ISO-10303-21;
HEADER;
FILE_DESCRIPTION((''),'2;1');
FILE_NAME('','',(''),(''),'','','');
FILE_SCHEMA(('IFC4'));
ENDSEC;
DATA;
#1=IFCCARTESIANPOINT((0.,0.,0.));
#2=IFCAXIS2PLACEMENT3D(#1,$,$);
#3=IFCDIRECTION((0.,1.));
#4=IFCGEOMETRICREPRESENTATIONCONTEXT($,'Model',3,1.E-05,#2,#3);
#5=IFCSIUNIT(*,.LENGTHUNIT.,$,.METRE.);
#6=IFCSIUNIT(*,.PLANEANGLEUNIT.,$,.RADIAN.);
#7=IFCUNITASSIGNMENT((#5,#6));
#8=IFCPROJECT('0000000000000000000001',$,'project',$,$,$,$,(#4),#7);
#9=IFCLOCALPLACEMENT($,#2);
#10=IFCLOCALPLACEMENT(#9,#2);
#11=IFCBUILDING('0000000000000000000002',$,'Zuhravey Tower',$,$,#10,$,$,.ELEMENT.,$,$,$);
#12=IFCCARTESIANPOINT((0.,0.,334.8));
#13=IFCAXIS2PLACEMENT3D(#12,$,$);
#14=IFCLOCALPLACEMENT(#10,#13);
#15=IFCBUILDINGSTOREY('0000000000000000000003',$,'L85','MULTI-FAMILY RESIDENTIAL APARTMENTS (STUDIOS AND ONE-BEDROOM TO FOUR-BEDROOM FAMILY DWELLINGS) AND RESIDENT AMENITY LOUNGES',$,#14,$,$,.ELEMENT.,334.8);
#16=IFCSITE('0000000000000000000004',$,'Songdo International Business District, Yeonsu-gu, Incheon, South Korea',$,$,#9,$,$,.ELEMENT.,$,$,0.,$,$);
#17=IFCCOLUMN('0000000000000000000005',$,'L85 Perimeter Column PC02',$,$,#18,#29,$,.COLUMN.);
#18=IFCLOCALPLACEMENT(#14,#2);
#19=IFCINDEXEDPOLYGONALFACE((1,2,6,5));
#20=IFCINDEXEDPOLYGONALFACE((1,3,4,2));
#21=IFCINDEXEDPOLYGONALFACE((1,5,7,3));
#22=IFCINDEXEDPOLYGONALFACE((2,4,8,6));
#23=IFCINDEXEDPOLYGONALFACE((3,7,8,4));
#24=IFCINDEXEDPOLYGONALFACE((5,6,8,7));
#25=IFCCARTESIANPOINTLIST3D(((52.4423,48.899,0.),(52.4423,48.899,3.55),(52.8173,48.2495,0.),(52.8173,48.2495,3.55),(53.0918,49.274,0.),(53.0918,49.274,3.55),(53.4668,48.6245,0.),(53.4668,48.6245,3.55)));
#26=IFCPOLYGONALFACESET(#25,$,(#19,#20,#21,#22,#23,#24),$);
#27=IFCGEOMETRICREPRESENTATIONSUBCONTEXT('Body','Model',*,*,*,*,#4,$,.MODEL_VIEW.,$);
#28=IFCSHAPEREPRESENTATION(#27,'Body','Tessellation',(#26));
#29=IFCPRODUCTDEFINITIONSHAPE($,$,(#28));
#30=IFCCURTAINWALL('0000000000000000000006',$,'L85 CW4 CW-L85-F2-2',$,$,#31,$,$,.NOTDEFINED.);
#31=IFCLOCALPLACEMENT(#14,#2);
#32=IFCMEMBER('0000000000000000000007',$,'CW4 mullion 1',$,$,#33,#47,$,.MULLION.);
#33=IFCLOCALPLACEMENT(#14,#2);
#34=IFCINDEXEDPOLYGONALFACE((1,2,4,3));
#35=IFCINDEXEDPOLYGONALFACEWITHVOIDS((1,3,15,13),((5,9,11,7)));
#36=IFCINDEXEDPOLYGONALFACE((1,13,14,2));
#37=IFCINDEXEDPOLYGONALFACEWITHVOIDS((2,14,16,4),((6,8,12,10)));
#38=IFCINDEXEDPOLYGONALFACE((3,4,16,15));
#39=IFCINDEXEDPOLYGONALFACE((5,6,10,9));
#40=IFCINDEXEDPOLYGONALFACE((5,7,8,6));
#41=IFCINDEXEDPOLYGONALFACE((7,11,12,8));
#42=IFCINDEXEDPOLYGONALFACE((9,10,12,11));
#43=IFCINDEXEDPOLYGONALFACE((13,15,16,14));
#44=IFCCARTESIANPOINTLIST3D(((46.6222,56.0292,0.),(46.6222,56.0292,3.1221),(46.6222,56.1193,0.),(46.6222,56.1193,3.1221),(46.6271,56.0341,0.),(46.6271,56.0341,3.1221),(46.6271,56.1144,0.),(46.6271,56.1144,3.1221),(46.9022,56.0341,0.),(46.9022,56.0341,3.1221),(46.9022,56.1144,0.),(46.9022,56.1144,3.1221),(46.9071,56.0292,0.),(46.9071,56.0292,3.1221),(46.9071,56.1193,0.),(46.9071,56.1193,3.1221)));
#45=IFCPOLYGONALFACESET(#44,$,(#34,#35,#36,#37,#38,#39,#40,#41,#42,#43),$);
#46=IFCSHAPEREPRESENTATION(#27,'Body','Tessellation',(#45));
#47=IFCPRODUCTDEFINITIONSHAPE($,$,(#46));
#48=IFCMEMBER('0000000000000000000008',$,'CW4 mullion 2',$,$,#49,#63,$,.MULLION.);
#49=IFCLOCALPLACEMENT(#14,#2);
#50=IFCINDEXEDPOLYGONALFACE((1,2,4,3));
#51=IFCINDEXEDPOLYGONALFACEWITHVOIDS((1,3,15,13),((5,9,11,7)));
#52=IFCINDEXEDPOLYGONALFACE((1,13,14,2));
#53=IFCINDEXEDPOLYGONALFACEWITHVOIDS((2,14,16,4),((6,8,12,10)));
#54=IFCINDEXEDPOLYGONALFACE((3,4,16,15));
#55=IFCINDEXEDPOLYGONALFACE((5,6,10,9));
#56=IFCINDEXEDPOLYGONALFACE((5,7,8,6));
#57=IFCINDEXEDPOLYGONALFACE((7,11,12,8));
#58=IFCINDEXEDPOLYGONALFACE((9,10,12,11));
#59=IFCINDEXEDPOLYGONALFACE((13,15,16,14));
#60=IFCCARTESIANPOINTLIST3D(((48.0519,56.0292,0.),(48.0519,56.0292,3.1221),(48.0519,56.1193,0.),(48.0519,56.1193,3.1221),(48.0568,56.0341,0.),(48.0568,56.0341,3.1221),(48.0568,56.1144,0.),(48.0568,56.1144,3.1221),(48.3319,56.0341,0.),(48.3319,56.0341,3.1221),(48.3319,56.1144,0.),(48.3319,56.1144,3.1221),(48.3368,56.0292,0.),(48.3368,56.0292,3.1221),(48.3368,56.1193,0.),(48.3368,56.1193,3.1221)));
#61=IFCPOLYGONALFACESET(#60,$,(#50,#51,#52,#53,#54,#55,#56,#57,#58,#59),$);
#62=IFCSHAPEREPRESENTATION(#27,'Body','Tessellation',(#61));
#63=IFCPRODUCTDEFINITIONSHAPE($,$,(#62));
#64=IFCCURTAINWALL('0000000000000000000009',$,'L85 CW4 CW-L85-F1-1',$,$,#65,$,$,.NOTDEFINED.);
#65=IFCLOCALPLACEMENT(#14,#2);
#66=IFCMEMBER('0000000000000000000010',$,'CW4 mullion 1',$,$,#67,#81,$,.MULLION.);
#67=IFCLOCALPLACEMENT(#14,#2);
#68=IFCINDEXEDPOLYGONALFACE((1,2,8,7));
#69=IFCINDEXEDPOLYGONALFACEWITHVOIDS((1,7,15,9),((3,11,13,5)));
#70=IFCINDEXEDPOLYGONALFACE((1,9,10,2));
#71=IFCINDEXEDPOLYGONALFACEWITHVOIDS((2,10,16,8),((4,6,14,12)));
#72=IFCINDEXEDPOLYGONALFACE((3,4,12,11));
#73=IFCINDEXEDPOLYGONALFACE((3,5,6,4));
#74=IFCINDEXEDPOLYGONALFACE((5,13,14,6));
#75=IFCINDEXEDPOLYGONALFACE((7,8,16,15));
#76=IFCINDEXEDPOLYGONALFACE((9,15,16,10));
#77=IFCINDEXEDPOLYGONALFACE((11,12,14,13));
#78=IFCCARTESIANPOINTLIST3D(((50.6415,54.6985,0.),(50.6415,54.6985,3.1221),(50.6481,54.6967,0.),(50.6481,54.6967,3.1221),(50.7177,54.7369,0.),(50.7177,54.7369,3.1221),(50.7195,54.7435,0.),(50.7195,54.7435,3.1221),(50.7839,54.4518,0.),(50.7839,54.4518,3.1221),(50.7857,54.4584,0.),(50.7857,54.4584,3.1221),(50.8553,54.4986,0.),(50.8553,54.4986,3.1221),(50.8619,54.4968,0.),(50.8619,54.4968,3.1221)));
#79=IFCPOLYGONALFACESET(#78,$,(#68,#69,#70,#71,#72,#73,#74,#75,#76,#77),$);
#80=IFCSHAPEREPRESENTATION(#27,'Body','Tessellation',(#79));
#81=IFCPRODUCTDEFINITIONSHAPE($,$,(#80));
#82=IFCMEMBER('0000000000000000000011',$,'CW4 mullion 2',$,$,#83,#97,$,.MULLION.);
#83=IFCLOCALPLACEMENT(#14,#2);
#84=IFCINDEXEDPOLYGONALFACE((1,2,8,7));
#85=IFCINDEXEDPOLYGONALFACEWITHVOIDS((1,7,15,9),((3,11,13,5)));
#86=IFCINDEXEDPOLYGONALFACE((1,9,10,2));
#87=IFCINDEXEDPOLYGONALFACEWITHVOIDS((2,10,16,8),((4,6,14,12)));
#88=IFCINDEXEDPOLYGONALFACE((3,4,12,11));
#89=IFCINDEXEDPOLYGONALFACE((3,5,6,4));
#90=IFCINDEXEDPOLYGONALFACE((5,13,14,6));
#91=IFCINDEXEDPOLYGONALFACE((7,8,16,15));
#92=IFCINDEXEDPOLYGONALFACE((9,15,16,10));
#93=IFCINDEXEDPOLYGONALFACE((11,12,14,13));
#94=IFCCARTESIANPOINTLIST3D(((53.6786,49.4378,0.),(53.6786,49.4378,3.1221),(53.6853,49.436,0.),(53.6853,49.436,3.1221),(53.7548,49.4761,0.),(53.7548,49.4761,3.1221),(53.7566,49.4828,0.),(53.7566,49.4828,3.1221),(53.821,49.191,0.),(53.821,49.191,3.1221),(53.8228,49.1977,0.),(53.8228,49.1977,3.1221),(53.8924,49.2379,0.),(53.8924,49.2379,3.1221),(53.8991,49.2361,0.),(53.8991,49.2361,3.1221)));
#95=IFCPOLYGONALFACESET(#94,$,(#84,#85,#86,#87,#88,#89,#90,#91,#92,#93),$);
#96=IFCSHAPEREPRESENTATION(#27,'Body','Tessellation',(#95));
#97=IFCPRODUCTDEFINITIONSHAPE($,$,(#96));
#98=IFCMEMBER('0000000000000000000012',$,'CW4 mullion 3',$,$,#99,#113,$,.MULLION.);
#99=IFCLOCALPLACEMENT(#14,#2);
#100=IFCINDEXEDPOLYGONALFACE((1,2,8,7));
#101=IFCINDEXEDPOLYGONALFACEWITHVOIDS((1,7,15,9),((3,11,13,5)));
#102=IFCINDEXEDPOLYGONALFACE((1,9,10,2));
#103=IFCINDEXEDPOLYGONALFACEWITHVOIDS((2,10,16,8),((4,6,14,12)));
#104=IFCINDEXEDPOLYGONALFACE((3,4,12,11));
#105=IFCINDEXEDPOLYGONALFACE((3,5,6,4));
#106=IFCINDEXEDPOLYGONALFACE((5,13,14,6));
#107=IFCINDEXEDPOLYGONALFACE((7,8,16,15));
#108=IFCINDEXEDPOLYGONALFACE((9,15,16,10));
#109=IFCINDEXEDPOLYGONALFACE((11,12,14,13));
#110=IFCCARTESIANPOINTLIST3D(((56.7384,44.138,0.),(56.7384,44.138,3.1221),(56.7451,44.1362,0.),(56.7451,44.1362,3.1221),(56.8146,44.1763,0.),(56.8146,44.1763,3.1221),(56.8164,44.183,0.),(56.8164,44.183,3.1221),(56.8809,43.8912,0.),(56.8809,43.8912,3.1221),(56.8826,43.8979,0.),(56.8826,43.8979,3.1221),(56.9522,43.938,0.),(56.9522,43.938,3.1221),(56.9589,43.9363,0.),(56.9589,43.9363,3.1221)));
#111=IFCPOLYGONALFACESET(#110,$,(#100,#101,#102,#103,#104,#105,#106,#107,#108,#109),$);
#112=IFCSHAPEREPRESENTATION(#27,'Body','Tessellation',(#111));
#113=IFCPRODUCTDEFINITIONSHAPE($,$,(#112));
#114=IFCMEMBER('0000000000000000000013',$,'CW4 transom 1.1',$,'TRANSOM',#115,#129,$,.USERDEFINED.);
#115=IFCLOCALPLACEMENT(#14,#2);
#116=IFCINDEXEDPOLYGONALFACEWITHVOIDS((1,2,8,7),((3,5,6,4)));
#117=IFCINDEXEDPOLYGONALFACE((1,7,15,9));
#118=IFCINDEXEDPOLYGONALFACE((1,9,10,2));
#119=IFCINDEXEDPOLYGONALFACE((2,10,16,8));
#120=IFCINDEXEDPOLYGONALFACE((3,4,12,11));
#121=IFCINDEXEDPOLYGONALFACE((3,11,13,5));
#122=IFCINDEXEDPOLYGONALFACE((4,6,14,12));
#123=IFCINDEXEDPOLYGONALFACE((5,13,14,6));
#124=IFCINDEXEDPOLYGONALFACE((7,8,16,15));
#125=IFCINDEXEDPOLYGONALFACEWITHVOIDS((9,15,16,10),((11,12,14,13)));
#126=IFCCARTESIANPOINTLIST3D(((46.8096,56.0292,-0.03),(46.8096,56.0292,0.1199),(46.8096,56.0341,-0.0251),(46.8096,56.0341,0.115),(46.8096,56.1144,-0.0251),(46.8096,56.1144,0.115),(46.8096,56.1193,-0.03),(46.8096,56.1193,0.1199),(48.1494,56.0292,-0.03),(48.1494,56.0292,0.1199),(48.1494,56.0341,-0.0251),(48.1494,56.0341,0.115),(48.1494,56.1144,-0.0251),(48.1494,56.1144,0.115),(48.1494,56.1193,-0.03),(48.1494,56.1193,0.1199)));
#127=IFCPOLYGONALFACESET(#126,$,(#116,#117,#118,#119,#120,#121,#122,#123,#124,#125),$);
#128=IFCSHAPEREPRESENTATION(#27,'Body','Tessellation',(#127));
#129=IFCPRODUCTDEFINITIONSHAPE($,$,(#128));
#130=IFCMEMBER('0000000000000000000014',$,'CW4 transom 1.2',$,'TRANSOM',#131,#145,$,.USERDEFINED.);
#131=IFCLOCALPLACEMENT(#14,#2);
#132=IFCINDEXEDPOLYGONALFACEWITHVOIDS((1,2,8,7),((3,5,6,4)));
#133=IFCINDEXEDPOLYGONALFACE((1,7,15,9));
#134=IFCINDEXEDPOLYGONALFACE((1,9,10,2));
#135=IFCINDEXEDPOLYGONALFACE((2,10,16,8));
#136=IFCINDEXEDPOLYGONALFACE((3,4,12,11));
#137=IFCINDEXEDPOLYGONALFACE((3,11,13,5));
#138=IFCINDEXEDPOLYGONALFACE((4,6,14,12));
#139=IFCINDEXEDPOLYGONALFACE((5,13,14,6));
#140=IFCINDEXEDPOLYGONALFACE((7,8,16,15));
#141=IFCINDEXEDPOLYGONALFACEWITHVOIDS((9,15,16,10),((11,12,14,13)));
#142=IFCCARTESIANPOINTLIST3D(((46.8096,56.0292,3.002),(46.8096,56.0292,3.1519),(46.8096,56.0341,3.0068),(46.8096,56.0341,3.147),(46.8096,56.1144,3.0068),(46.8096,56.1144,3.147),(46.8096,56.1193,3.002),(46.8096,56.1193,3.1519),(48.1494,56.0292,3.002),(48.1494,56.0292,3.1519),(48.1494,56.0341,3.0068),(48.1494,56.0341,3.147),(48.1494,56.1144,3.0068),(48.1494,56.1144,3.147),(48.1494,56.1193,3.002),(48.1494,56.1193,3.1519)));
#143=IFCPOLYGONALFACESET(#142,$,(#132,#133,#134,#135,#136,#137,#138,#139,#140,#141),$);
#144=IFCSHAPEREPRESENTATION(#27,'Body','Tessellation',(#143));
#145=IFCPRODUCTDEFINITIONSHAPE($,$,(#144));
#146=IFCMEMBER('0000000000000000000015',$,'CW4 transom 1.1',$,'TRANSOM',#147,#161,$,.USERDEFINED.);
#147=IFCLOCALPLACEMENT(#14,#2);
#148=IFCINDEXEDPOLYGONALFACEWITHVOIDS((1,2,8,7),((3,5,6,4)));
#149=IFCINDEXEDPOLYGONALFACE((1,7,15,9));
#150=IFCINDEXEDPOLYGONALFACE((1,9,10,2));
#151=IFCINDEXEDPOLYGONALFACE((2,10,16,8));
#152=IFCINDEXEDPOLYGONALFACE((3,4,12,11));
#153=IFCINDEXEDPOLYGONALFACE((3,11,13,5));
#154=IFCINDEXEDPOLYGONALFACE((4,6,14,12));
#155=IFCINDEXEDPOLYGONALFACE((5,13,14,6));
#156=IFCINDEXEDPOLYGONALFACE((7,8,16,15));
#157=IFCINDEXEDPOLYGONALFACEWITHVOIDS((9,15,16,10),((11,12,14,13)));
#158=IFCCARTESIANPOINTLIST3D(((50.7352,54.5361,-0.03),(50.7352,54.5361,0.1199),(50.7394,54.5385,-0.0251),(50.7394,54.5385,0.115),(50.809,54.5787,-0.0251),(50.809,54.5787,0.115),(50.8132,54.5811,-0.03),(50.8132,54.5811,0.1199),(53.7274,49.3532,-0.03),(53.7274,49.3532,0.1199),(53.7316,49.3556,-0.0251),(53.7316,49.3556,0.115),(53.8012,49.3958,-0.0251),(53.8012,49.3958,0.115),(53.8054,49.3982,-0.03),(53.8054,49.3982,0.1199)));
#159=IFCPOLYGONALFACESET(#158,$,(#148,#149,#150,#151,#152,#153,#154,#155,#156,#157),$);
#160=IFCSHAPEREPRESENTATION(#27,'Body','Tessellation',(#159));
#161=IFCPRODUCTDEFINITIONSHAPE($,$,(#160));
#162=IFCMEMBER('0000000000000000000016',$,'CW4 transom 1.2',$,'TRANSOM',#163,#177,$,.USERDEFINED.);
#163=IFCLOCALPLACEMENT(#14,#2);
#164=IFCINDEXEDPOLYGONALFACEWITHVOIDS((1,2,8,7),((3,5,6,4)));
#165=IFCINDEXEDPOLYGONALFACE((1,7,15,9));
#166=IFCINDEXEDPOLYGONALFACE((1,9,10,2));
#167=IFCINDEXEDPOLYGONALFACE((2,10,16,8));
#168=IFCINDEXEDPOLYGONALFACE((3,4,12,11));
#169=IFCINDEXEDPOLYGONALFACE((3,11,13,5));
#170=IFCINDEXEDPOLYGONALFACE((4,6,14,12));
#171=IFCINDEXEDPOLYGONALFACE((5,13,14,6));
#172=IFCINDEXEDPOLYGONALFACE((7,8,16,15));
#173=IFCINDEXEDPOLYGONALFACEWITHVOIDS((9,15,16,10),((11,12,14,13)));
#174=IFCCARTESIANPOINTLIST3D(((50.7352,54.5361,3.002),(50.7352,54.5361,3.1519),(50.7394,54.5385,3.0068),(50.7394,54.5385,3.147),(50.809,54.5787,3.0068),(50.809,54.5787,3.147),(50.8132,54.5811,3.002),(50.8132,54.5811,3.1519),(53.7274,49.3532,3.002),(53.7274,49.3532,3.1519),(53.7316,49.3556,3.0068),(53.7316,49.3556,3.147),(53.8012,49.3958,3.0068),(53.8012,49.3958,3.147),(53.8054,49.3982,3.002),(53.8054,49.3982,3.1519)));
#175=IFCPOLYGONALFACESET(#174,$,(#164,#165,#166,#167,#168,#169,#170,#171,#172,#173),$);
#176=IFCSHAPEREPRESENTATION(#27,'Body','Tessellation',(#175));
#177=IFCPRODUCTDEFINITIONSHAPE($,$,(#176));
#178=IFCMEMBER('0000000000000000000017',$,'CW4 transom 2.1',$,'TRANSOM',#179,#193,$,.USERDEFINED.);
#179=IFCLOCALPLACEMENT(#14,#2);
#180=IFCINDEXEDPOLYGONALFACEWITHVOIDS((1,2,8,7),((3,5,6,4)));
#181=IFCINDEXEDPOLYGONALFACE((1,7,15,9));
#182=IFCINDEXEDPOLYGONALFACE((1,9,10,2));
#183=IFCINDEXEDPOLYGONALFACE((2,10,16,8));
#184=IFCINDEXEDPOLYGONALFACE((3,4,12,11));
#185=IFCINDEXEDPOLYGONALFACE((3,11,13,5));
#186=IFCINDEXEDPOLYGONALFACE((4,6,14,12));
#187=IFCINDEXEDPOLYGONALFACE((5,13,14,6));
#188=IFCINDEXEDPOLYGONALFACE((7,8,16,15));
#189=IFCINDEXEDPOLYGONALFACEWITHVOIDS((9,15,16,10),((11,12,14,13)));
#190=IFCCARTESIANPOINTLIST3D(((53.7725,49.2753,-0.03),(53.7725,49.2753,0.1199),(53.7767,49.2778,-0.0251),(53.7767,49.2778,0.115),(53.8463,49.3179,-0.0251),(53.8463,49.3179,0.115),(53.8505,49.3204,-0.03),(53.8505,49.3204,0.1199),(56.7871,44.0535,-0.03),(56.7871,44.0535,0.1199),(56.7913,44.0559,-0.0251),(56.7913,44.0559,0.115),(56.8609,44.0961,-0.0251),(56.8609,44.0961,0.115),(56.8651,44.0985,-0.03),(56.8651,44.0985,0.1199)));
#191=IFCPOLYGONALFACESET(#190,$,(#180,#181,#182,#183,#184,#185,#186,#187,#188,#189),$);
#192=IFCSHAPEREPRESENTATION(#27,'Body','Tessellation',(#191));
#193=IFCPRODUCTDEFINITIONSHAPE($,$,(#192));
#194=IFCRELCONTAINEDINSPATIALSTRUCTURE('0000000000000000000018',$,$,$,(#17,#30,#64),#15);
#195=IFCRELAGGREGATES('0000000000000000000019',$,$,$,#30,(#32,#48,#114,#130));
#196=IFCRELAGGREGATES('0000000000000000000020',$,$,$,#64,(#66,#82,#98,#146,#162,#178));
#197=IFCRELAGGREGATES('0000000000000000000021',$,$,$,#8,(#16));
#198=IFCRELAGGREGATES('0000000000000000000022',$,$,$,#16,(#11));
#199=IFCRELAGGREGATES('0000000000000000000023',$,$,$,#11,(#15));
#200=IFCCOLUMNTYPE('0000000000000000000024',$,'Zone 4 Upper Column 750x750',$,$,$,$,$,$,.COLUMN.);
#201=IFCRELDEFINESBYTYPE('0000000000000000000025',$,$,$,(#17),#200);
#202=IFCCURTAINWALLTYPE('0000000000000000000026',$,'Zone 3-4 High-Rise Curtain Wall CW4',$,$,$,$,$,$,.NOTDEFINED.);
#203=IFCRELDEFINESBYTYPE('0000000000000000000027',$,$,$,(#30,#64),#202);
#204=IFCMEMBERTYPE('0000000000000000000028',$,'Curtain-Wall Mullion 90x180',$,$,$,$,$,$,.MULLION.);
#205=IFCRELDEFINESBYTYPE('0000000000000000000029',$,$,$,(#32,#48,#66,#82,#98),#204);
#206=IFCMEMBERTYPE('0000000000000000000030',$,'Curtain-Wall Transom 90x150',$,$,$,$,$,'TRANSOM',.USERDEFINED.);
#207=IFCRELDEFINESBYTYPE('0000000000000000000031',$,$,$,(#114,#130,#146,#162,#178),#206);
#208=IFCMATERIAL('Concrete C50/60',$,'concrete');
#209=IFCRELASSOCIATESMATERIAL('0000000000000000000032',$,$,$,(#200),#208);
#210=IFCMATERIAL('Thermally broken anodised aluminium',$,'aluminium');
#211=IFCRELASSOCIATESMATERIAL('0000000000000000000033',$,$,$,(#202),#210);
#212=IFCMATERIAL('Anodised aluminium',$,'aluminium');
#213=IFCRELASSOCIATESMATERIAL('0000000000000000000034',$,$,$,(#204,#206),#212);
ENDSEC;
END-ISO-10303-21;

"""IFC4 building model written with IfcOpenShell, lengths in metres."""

from ifc_helpers import new_model, si_unit, direction, frame, origin, origin_2d, place, context, subcontext, project, spatial, rectangle, hollow_rectangle, extrude, material, material_profile, profile_set, type_object, element, aggregate, save


model = new_model("IFC4")

# Units and contexts
model_context = context("Model", 3, precision=1e-05, world=origin(), true_north=direction((0.0, 1.0)))
body_context = subcontext(model_context, "Body", "Model", "MODEL_VIEW")
ifc_project = project(units=[si_unit("LENGTHUNIT", "METRE"), si_unit("PLANEANGLEUNIT", "RADIAN")], contexts=[model_context])

# Site, building, storey
site_placement = place(None, origin())
site = spatial("IfcSite", under=ifc_project, at=site_placement, Name="Songdo International Business District, Yeonsu-gu, Incheon, South Korea", CompositionType="ELEMENT", RefElevation=0.0)
building_placement = place(site_placement, origin())
building = spatial("IfcBuilding", under=site, at=building_placement, Name="Zuhravey Tower", CompositionType="ELEMENT")
storey_placement = place(building_placement, frame((0.0, 0.0, 334.8)))
storey = spatial("IfcBuildingStorey", under=building, at=storey_placement, Name="L85", Description="MULTI-FAMILY RESIDENTIAL APARTMENTS (STUDIOS AND ONE-BEDROOM TO FOUR-BEDROOM FAMILY DWELLINGS) AND RESIDENT AMENITY LOUNGES", CompositionType="ELEMENT", Elevation=334.8)

# Column
ifc_material_1 = material(Name="Concrete C50/60", Category="concrete")
ifc_material_profile_1 = material_profile(ifc_material_1, rectangle(XDim=0.75, YDim=0.75, at=origin_2d()), Name="RC-750x750")
ifc_profile_set_1 = profile_set([ifc_material_profile_1], Name="Concrete C50/60")
column_type = type_object("IfcColumnType", Name="Zone 4 Upper Column 750x750", PredefinedType="COLUMN", material=ifc_profile_set_1)
column_placement = place(storey_placement, frame((52.9546, 48.7617, 0.0), z_axis=(0.0, 0.0, 1.0), x_axis=(-0.5, 0.866025, 0.0)))
element("IfcColumn", 1, at=column_placement, inside=storey, type_object=column_type, Name="L85 Perimeter Column PC02", PredefinedType="COLUMN", context=body_context, shape_type="SweptSolid", body=[
    extrude(rectangle(XDim=0.75, YDim=0.75, at=origin_2d()), origin(), (0.0, 0.0, 1.0), 3.55),
])

# Curtain walls, members
ifc_material_2 = material(Name="Thermally broken anodised aluminium", Category="aluminium")
curtain_wall_type = type_object("IfcCurtainWallType", Name="Zone 3-4 High-Rise Curtain Wall CW4", PredefinedType="NOTDEFINED", material=ifc_material_2)
curtain_wall_1_placement = place(storey_placement, origin())
curtain_wall_1 = element("IfcCurtainWall", 2, at=curtain_wall_1_placement, inside=storey, type_object=curtain_wall_type, Name="L85 CW4 CW-L85-F2-2", PredefinedType="NOTDEFINED")
ifc_material_3 = material(Name="Anodised aluminium", Category="aluminium")
ifc_material_profile_2 = material_profile(ifc_material_3, hollow_rectangle(XDim=0.0901, YDim=0.2849, WallThickness=0.0049, at=origin_2d()), Name="ALU-RHS-90x285x5")
ifc_profile_set_2 = profile_set([ifc_material_profile_2], Name="Anodised aluminium")
member_type_1 = type_object("IfcMemberType", Name="Curtain-Wall Mullion 90x180", PredefinedType="MULLION", material=ifc_profile_set_2)
member_1_placement = place(storey_placement, frame((46.7646, 56.0742, 0.0), z_axis=(0.0, 0.0, 1.0), x_axis=(0.0, 1.0, 0.0)))
member_1 = element("IfcMember", 3, at=member_1_placement, type_object=member_type_1, Name="CW4 mullion 1", PredefinedType="MULLION", context=body_context, shape_type="SweptSolid", body=[
    extrude(hollow_rectangle(XDim=0.0901, YDim=0.2849, WallThickness=0.0049, at=origin_2d()), origin(), (0.0, 0.0, 1.0), 3.1221),
])
member_2_placement = place(storey_placement, frame((48.1943, 56.0742, 0.0), z_axis=(0.0, 0.0, 1.0), x_axis=(0.0, 1.0, 0.0)))
member_2 = element("IfcMember", 4, at=member_2_placement, type_object=member_type_1, Name="CW4 mullion 2", PredefinedType="MULLION", context=body_context, shape_type="SweptSolid", body=[
    extrude(hollow_rectangle(XDim=0.0901, YDim=0.2849, WallThickness=0.0049, at=origin_2d()), origin(), (0.0, 0.0, 1.0), 3.1221),
])
curtain_wall_2_placement = place(storey_placement, origin())
curtain_wall_2 = element("IfcCurtainWall", 5, at=curtain_wall_2_placement, inside=storey, type_object=curtain_wall_type, Name="L85 CW4 CW-L85-F1-1", PredefinedType="NOTDEFINED")
member_3_placement = place(storey_placement, frame((50.7517, 54.5977, 0.0), z_axis=(0.0, 0.0, 1.0), x_axis=(0.866026, 0.5, 0.0)))
member_3 = element("IfcMember", 6, at=member_3_placement, type_object=member_type_1, Name="CW4 mullion 1", PredefinedType="MULLION", context=body_context, shape_type="SweptSolid", body=[
    extrude(hollow_rectangle(XDim=0.0901, YDim=0.2849, WallThickness=0.0049, at=origin_2d()), origin(), (0.0, 0.0, 1.0), 3.1221),
])
member_4_placement = place(storey_placement, frame((53.7888, 49.3369, 0.0), z_axis=(0.0, 0.0, 1.0), x_axis=(0.866026, 0.5, 0.0)))
member_4 = element("IfcMember", 7, at=member_4_placement, type_object=member_type_1, Name="CW4 mullion 2", PredefinedType="MULLION", context=body_context, shape_type="SweptSolid", body=[
    extrude(hollow_rectangle(XDim=0.0901, YDim=0.2849, WallThickness=0.0049, at=origin_2d()), origin(), (0.0, 0.0, 1.0), 3.1221),
])
member_5_placement = place(storey_placement, frame((56.8486, 44.0371, 0.0), z_axis=(0.0, 0.0, 1.0), x_axis=(0.866026, 0.5, 0.0)))
member_5 = element("IfcMember", 8, at=member_5_placement, type_object=member_type_1, Name="CW4 mullion 3", PredefinedType="MULLION", context=body_context, shape_type="SweptSolid", body=[
    extrude(hollow_rectangle(XDim=0.0901, YDim=0.2849, WallThickness=0.0049, at=origin_2d()), origin(), (0.0, 0.0, 1.0), 3.1221),
])

# Members
ifc_material_profile_3 = material_profile(ifc_material_3, hollow_rectangle(XDim=0.0901, YDim=0.1499, WallThickness=0.0049, at=origin_2d()), Name="ALU-RHS-90x150x5")
ifc_profile_set_3 = profile_set([ifc_material_profile_3], Name="Anodised aluminium")
member_type_2 = type_object("IfcMemberType", Name="Curtain-Wall Transom 90x150", ElementType="TRANSOM", PredefinedType="USERDEFINED", material=ifc_profile_set_3)
member_6_placement = place(storey_placement, frame((46.8096, 56.0742, 0.0449), z_axis=(1.0, 0.0, 0.0), x_axis=(0.0, 1.0, 0.0)))
member_6 = element("IfcMember", 9, at=member_6_placement, type_object=member_type_2, Name="CW4 transom 1.1", ObjectType="TRANSOM", PredefinedType="USERDEFINED", context=body_context, shape_type="SweptSolid", body=[
    extrude(hollow_rectangle(XDim=0.0901, YDim=0.1499, WallThickness=0.0049, at=origin_2d()), origin(), (0.0, 0.0, 1.0), 1.3398),
])
member_7_placement = place(storey_placement, frame((46.8096, 56.0742, 3.0769), z_axis=(1.0, 0.0, 0.0), x_axis=(0.0, 1.0, 0.0)))
member_7 = element("IfcMember", 10, at=member_7_placement, type_object=member_type_2, Name="CW4 transom 1.2", ObjectType="TRANSOM", PredefinedType="USERDEFINED", context=body_context, shape_type="SweptSolid", body=[
    extrude(hollow_rectangle(XDim=0.0901, YDim=0.1499, WallThickness=0.0049, at=origin_2d()), origin(), (0.0, 0.0, 1.0), 1.3398),
])
member_8_placement = place(storey_placement, frame((50.7742, 54.5586, 0.0449), z_axis=(0.499983, -0.866035, 0.0), x_axis=(0.866035, 0.499983, 0.0)))
member_8 = element("IfcMember", 11, at=member_8_placement, type_object=member_type_2, Name="CW4 transom 1.1", ObjectType="TRANSOM", PredefinedType="USERDEFINED", context=body_context, shape_type="SweptSolid", body=[
    extrude(hollow_rectangle(XDim=0.0901, YDim=0.1499, WallThickness=0.0049, at=origin_2d()), origin(), (0.0, 0.0, 1.0), 5.9846),
])
member_9_placement = place(storey_placement, frame((50.7742, 54.5586, 3.0769), z_axis=(0.499983, -0.866035, 0.0), x_axis=(0.866035, 0.499983, 0.0)))
member_9 = element("IfcMember", 12, at=member_9_placement, type_object=member_type_2, Name="CW4 transom 1.2", ObjectType="TRANSOM", PredefinedType="USERDEFINED", context=body_context, shape_type="SweptSolid", body=[
    extrude(hollow_rectangle(XDim=0.0901, YDim=0.1499, WallThickness=0.0049, at=origin_2d()), origin(), (0.0, 0.0, 1.0), 5.9846),
])
member_10_placement = place(storey_placement, frame((53.8115, 49.2979, 0.0449), z_axis=(0.499971, -0.866042, 0.0), x_axis=(0.866042, 0.499971, 0.0)))
member_10 = element("IfcMember", 13, at=member_10_placement, type_object=member_type_2, Name="CW4 transom 2.1", ObjectType="TRANSOM", PredefinedType="USERDEFINED", context=body_context, shape_type="SweptSolid", body=[
    extrude(hollow_rectangle(XDim=0.0901, YDim=0.1499, WallThickness=0.0049, at=origin_2d()), origin(), (0.0, 0.0, 1.0), 6.0295),
])

aggregate(curtain_wall_1, [member_1, member_2, member_6, member_7])
aggregate(curtain_wall_2, [member_3, member_4, member_5, member_8, member_9, member_10])

save(model, "model.ifc")
